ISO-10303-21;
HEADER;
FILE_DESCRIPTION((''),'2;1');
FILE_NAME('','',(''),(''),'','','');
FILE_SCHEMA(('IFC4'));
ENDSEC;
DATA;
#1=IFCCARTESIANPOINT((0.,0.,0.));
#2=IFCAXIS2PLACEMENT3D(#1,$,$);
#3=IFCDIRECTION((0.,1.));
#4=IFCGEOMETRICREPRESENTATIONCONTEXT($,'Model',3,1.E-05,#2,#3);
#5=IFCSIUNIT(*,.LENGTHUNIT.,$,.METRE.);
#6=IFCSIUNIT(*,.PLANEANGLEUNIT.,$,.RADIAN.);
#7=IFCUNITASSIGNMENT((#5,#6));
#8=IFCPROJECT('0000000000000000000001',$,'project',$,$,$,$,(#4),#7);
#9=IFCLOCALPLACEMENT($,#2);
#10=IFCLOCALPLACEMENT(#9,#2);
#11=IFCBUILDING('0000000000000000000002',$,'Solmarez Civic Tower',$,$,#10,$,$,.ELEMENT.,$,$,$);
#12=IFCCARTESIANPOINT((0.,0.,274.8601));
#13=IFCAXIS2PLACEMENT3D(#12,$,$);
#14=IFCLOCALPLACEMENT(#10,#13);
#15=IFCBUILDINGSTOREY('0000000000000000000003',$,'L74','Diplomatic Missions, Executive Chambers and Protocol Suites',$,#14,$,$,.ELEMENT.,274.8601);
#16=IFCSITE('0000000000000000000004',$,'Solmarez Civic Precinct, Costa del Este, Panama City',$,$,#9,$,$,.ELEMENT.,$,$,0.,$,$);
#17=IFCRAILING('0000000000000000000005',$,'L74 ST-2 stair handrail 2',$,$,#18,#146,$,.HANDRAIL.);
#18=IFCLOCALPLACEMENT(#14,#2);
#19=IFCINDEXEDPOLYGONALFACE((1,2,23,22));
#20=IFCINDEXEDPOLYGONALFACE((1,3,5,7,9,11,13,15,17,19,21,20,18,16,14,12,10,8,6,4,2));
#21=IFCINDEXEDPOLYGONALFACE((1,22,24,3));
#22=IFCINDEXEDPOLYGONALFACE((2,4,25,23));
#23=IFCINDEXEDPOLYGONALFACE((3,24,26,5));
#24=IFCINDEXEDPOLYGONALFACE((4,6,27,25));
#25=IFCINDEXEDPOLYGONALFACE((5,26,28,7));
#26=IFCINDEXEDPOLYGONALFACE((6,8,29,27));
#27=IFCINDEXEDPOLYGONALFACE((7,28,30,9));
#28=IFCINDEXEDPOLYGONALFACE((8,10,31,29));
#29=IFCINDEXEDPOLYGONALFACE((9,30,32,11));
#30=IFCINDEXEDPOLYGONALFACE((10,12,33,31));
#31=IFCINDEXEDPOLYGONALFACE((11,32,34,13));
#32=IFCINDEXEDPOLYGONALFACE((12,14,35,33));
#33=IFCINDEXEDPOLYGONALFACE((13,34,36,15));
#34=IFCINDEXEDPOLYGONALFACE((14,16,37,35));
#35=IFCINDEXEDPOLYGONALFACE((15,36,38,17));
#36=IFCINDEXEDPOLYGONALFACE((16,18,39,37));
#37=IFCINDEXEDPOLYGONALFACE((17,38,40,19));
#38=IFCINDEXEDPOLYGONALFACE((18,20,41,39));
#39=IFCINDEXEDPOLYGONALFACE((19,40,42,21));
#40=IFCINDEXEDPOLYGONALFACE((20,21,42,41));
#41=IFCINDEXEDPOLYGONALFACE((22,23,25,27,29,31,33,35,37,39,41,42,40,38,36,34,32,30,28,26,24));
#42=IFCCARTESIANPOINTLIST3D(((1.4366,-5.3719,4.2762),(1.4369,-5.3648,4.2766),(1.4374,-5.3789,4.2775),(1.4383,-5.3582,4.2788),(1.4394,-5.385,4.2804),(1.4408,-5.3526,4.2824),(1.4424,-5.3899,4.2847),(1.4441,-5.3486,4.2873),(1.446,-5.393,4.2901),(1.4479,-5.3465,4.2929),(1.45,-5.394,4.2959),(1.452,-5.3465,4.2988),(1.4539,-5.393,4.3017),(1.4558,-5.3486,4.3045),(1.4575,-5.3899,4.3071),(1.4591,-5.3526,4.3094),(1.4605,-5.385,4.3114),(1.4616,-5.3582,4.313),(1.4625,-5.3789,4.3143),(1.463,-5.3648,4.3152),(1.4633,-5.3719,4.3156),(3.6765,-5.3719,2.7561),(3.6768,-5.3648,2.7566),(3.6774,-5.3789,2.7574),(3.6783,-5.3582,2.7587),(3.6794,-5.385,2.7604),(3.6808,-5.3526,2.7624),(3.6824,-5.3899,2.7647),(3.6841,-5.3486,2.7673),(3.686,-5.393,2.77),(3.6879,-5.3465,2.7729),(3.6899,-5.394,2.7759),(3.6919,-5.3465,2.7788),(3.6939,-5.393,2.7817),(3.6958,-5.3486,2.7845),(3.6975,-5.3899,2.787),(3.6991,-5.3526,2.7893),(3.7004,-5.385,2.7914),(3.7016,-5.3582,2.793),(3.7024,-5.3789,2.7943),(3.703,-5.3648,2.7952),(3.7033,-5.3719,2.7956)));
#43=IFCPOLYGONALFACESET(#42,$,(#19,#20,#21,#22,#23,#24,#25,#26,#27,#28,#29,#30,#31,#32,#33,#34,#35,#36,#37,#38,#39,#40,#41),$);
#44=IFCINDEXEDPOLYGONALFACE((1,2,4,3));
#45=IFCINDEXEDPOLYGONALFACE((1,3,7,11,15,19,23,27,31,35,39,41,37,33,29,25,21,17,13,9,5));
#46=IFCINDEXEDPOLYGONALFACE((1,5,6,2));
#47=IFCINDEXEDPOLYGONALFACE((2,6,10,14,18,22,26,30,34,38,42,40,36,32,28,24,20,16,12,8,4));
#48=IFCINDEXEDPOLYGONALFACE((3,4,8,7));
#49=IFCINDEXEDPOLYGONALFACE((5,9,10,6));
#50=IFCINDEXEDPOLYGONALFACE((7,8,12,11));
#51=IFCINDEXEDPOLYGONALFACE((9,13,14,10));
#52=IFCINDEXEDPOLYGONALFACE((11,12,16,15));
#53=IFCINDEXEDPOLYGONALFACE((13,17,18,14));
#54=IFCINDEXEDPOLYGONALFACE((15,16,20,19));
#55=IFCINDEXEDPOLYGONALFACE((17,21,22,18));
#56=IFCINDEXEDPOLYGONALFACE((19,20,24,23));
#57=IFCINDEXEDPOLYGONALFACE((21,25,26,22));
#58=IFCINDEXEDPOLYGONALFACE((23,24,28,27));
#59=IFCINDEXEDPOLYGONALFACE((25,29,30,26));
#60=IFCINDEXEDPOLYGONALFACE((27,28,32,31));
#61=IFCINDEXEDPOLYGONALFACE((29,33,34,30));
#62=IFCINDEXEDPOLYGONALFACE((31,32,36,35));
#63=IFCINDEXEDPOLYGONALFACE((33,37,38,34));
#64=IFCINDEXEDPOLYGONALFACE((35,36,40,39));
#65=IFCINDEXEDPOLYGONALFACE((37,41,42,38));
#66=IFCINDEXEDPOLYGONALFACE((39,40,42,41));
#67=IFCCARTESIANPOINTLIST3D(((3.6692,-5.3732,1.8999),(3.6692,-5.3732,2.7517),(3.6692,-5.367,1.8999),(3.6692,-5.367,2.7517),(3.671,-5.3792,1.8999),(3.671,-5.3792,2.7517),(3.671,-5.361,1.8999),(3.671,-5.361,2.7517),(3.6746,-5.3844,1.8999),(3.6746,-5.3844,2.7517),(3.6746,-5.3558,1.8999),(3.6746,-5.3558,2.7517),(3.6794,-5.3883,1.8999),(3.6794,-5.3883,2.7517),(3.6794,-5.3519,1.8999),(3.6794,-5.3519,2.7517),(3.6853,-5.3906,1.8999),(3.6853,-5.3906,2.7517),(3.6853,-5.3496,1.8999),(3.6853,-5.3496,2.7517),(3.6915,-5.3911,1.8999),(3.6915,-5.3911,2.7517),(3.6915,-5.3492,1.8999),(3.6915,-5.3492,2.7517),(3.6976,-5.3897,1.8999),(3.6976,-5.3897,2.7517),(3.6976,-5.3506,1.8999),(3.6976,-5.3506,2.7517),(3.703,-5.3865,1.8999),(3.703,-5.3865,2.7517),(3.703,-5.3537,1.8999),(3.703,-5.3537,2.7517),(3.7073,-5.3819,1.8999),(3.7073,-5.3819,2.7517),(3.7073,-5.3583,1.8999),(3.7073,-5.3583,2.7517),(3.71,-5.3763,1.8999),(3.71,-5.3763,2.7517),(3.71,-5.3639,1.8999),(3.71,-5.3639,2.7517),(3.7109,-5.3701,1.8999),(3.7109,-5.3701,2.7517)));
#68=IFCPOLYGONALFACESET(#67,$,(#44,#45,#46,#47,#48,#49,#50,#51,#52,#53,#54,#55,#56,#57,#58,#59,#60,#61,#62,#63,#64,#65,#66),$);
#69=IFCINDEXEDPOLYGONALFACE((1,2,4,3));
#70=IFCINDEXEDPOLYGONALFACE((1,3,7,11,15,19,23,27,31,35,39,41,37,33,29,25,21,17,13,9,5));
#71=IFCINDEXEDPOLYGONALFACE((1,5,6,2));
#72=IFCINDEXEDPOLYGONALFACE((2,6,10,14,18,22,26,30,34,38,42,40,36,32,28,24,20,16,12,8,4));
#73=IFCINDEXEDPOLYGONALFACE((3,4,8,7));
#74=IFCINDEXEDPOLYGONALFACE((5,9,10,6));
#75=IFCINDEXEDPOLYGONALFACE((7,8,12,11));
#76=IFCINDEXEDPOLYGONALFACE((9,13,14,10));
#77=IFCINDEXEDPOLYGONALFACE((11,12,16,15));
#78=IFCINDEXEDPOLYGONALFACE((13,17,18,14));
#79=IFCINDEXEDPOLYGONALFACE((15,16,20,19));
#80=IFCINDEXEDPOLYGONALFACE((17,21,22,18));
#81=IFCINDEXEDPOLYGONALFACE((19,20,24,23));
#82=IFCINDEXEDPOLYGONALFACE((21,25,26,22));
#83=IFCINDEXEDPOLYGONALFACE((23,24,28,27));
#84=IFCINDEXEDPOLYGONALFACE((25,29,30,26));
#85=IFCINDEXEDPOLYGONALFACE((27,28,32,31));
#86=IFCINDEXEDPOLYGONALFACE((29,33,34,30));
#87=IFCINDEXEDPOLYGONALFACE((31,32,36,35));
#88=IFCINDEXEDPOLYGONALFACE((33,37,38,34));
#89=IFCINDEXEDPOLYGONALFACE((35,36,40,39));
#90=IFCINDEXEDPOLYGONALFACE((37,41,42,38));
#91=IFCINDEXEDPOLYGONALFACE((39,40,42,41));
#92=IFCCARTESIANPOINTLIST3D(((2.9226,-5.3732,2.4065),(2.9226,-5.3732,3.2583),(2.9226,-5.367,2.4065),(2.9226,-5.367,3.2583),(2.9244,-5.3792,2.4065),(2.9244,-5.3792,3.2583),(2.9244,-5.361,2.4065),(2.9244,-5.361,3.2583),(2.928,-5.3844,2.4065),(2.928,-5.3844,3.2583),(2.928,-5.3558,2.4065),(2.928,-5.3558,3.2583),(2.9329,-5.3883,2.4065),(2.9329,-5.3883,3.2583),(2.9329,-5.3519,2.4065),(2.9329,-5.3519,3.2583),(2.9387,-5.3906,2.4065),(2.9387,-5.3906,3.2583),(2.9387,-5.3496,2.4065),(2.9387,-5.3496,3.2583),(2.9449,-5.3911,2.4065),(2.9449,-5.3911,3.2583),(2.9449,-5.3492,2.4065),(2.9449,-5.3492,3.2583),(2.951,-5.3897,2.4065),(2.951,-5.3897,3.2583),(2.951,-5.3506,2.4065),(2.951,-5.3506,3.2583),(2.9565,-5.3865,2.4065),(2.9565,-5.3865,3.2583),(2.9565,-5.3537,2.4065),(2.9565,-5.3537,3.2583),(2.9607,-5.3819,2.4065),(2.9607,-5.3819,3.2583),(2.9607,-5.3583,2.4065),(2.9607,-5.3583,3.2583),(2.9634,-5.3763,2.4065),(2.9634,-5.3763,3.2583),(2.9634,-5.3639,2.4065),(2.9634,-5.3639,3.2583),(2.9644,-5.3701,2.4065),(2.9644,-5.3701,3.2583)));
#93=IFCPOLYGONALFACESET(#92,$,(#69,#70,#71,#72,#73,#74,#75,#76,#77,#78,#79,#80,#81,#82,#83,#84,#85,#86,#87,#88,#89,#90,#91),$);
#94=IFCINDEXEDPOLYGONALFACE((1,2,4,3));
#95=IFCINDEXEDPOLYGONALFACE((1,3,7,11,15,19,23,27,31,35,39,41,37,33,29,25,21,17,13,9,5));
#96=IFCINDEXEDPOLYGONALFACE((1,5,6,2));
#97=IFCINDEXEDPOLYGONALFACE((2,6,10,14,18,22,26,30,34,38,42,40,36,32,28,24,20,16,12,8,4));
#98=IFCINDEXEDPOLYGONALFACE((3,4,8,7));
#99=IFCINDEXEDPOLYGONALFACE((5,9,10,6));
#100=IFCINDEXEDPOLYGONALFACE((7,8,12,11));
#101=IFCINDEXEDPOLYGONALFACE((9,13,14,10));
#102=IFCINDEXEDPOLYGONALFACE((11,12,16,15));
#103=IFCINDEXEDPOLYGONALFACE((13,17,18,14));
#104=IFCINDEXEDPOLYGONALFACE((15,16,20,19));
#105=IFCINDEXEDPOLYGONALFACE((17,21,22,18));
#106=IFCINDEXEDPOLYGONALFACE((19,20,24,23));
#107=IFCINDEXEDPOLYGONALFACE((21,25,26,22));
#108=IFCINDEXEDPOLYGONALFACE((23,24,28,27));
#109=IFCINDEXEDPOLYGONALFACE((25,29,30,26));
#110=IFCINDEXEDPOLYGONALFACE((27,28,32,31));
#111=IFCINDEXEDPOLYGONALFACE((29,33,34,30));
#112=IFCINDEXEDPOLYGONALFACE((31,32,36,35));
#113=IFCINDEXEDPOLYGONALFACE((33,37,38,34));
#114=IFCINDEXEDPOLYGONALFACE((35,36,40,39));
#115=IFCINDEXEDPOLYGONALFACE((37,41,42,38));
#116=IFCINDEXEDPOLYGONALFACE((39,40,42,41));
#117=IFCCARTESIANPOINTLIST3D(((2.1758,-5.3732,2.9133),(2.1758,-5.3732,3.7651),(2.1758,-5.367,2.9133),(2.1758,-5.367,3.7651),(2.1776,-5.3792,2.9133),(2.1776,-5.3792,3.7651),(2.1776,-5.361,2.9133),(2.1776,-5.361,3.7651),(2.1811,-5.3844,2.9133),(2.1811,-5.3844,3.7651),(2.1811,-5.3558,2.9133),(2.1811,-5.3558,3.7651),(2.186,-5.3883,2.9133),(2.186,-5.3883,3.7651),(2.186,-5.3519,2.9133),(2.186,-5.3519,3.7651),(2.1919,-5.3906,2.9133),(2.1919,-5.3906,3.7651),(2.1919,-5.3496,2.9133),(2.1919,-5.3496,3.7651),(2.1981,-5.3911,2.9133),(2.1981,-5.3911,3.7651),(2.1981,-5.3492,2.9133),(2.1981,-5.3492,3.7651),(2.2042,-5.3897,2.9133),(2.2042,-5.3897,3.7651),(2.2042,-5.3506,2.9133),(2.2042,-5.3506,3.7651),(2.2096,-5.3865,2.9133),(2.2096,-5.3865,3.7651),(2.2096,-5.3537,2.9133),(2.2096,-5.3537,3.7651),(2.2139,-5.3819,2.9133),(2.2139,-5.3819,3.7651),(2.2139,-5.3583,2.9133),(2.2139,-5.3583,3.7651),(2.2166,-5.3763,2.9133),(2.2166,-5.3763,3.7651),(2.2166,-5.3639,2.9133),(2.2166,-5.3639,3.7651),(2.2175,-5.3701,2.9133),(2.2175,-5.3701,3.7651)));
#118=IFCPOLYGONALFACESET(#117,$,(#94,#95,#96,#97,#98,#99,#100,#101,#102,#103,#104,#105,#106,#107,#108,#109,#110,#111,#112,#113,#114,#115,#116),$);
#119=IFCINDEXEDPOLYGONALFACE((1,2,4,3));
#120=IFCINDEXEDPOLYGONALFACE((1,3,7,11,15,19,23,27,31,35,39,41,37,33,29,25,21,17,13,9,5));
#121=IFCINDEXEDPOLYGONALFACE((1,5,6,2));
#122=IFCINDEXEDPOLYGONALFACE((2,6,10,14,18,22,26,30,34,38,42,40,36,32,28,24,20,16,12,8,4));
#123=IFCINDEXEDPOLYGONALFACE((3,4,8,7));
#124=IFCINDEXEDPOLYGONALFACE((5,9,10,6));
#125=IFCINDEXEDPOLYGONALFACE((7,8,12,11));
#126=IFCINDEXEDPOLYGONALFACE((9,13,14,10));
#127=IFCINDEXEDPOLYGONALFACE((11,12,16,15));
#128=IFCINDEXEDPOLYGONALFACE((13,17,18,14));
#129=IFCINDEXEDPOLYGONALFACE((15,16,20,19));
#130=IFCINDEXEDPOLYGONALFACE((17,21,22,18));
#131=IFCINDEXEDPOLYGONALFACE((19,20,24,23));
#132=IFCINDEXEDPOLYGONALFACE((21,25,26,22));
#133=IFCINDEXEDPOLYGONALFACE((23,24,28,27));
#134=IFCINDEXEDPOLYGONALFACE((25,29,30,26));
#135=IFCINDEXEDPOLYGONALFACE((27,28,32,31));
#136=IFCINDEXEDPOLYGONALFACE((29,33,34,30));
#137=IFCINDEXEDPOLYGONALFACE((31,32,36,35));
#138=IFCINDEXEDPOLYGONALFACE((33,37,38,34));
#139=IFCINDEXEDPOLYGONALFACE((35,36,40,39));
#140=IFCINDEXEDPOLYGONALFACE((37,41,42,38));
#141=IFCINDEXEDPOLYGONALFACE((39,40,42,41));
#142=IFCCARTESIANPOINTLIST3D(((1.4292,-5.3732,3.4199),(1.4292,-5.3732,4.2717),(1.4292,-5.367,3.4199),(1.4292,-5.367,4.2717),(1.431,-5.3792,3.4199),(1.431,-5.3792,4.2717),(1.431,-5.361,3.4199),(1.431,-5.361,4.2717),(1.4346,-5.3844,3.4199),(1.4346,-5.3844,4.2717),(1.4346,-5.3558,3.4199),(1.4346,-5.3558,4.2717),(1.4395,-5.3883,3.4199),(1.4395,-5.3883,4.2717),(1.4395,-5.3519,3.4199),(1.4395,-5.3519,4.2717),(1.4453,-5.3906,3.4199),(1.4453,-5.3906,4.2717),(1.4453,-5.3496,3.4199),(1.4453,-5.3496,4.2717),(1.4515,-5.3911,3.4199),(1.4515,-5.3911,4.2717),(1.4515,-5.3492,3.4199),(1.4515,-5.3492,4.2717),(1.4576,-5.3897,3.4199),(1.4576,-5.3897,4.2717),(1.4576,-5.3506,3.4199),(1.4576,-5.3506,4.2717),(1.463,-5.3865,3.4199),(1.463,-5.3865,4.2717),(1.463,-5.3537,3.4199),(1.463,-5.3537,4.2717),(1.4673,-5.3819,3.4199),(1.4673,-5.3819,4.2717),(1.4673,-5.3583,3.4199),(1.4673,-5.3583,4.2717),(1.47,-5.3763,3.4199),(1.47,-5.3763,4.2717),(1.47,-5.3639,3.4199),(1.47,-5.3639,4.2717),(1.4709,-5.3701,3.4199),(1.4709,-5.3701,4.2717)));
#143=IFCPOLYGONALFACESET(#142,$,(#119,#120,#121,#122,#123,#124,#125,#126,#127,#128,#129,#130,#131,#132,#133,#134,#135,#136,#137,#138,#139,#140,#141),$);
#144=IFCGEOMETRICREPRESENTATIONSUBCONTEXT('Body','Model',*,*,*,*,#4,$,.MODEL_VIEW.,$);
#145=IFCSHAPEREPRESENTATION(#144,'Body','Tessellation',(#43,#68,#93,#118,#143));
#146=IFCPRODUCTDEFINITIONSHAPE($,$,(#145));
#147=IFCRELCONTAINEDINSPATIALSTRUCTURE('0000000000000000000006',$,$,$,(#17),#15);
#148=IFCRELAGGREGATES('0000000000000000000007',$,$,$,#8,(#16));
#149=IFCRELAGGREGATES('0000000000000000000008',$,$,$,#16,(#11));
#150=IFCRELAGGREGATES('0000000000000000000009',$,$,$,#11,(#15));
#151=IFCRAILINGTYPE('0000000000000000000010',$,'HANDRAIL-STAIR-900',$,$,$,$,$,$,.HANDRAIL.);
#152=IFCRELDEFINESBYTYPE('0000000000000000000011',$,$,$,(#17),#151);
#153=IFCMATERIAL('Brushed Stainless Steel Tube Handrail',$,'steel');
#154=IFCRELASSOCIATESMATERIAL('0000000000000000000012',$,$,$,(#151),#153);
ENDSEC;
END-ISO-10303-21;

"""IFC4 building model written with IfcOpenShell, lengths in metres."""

from ifc_helpers import new_model, si_unit, direction, frame, origin, origin_2d, place, context, subcontext, project, spatial, circle, extrude, material, type_object, element, save


model = new_model("IFC4")

# Units and contexts
model_context = context("Model", 3, precision=1e-05, world=origin(), true_north=direction((0.0, 1.0)))
body_context = subcontext(model_context, "Body", "Model", "MODEL_VIEW")
ifc_project = project(units=[si_unit("LENGTHUNIT", "METRE"), si_unit("PLANEANGLEUNIT", "RADIAN")], contexts=[model_context])

# Site, building, storey
site_placement = place(None, origin())
site = spatial("IfcSite", under=ifc_project, at=site_placement, Name="Solmarez Civic Precinct, Costa del Este, Panama City", CompositionType="ELEMENT", RefElevation=0.0)
building_placement = place(site_placement, origin())
building = spatial("IfcBuilding", under=site, at=building_placement, Name="Solmarez Civic Tower", CompositionType="ELEMENT")
storey_placement = place(building_placement, frame((0.0, 0.0, 274.8601)))
storey = spatial("IfcBuildingStorey", under=building, at=storey_placement, Name="L74", Description="Diplomatic Missions, Executive Chambers and Protocol Suites", CompositionType="ELEMENT", Elevation=274.8601)

# Railing
ifc_material_1 = material(Name="Brushed Stainless Steel Tube Handrail", Category="steel")
railing_type_1 = type_object("IfcRailingType", Name="HANDRAIL-STAIR-900", PredefinedType="HANDRAIL", material=ifc_material_1)
railing_1_placement = place(storey_placement, frame((3.6899, -5.3701, 1.8999)))
element("IfcRailing", 1, at=railing_1_placement, inside=storey, type_object=railing_type_1, Name="L74 ST-2 stair handrail 2", PredefinedType="HANDRAIL", context=body_context, shape_type="SweptSolid", body=[
    extrude(circle(Radius=0.0239, at=origin_2d()), frame((0.0, 0.0, 0.876), z_axis=(-0.827471, 0.0, 0.561508), x_axis=(0.0, -1.0, 0.0)), (0.0, 0.0, 1.0), 2.707),
    extrude(circle(Radius=0.021, at=origin_2d()), origin(), (0.0, 0.0, 1.0), 0.8518),
    extrude(circle(Radius=0.021, at=origin_2d()), frame((-0.7466, 0.0, 0.5066)), (0.0, 0.0, 1.0), 0.8518),
    extrude(circle(Radius=0.021, at=origin_2d()), frame((-1.4934, 0.0, 1.0134)), (0.0, 0.0, 1.0), 0.8518),
    extrude(circle(Radius=0.021, at=origin_2d()), frame((-2.24, 0.0, 1.52)), (0.0, 0.0, 1.0), 0.8518),
])

save(model, "model.ifc")
